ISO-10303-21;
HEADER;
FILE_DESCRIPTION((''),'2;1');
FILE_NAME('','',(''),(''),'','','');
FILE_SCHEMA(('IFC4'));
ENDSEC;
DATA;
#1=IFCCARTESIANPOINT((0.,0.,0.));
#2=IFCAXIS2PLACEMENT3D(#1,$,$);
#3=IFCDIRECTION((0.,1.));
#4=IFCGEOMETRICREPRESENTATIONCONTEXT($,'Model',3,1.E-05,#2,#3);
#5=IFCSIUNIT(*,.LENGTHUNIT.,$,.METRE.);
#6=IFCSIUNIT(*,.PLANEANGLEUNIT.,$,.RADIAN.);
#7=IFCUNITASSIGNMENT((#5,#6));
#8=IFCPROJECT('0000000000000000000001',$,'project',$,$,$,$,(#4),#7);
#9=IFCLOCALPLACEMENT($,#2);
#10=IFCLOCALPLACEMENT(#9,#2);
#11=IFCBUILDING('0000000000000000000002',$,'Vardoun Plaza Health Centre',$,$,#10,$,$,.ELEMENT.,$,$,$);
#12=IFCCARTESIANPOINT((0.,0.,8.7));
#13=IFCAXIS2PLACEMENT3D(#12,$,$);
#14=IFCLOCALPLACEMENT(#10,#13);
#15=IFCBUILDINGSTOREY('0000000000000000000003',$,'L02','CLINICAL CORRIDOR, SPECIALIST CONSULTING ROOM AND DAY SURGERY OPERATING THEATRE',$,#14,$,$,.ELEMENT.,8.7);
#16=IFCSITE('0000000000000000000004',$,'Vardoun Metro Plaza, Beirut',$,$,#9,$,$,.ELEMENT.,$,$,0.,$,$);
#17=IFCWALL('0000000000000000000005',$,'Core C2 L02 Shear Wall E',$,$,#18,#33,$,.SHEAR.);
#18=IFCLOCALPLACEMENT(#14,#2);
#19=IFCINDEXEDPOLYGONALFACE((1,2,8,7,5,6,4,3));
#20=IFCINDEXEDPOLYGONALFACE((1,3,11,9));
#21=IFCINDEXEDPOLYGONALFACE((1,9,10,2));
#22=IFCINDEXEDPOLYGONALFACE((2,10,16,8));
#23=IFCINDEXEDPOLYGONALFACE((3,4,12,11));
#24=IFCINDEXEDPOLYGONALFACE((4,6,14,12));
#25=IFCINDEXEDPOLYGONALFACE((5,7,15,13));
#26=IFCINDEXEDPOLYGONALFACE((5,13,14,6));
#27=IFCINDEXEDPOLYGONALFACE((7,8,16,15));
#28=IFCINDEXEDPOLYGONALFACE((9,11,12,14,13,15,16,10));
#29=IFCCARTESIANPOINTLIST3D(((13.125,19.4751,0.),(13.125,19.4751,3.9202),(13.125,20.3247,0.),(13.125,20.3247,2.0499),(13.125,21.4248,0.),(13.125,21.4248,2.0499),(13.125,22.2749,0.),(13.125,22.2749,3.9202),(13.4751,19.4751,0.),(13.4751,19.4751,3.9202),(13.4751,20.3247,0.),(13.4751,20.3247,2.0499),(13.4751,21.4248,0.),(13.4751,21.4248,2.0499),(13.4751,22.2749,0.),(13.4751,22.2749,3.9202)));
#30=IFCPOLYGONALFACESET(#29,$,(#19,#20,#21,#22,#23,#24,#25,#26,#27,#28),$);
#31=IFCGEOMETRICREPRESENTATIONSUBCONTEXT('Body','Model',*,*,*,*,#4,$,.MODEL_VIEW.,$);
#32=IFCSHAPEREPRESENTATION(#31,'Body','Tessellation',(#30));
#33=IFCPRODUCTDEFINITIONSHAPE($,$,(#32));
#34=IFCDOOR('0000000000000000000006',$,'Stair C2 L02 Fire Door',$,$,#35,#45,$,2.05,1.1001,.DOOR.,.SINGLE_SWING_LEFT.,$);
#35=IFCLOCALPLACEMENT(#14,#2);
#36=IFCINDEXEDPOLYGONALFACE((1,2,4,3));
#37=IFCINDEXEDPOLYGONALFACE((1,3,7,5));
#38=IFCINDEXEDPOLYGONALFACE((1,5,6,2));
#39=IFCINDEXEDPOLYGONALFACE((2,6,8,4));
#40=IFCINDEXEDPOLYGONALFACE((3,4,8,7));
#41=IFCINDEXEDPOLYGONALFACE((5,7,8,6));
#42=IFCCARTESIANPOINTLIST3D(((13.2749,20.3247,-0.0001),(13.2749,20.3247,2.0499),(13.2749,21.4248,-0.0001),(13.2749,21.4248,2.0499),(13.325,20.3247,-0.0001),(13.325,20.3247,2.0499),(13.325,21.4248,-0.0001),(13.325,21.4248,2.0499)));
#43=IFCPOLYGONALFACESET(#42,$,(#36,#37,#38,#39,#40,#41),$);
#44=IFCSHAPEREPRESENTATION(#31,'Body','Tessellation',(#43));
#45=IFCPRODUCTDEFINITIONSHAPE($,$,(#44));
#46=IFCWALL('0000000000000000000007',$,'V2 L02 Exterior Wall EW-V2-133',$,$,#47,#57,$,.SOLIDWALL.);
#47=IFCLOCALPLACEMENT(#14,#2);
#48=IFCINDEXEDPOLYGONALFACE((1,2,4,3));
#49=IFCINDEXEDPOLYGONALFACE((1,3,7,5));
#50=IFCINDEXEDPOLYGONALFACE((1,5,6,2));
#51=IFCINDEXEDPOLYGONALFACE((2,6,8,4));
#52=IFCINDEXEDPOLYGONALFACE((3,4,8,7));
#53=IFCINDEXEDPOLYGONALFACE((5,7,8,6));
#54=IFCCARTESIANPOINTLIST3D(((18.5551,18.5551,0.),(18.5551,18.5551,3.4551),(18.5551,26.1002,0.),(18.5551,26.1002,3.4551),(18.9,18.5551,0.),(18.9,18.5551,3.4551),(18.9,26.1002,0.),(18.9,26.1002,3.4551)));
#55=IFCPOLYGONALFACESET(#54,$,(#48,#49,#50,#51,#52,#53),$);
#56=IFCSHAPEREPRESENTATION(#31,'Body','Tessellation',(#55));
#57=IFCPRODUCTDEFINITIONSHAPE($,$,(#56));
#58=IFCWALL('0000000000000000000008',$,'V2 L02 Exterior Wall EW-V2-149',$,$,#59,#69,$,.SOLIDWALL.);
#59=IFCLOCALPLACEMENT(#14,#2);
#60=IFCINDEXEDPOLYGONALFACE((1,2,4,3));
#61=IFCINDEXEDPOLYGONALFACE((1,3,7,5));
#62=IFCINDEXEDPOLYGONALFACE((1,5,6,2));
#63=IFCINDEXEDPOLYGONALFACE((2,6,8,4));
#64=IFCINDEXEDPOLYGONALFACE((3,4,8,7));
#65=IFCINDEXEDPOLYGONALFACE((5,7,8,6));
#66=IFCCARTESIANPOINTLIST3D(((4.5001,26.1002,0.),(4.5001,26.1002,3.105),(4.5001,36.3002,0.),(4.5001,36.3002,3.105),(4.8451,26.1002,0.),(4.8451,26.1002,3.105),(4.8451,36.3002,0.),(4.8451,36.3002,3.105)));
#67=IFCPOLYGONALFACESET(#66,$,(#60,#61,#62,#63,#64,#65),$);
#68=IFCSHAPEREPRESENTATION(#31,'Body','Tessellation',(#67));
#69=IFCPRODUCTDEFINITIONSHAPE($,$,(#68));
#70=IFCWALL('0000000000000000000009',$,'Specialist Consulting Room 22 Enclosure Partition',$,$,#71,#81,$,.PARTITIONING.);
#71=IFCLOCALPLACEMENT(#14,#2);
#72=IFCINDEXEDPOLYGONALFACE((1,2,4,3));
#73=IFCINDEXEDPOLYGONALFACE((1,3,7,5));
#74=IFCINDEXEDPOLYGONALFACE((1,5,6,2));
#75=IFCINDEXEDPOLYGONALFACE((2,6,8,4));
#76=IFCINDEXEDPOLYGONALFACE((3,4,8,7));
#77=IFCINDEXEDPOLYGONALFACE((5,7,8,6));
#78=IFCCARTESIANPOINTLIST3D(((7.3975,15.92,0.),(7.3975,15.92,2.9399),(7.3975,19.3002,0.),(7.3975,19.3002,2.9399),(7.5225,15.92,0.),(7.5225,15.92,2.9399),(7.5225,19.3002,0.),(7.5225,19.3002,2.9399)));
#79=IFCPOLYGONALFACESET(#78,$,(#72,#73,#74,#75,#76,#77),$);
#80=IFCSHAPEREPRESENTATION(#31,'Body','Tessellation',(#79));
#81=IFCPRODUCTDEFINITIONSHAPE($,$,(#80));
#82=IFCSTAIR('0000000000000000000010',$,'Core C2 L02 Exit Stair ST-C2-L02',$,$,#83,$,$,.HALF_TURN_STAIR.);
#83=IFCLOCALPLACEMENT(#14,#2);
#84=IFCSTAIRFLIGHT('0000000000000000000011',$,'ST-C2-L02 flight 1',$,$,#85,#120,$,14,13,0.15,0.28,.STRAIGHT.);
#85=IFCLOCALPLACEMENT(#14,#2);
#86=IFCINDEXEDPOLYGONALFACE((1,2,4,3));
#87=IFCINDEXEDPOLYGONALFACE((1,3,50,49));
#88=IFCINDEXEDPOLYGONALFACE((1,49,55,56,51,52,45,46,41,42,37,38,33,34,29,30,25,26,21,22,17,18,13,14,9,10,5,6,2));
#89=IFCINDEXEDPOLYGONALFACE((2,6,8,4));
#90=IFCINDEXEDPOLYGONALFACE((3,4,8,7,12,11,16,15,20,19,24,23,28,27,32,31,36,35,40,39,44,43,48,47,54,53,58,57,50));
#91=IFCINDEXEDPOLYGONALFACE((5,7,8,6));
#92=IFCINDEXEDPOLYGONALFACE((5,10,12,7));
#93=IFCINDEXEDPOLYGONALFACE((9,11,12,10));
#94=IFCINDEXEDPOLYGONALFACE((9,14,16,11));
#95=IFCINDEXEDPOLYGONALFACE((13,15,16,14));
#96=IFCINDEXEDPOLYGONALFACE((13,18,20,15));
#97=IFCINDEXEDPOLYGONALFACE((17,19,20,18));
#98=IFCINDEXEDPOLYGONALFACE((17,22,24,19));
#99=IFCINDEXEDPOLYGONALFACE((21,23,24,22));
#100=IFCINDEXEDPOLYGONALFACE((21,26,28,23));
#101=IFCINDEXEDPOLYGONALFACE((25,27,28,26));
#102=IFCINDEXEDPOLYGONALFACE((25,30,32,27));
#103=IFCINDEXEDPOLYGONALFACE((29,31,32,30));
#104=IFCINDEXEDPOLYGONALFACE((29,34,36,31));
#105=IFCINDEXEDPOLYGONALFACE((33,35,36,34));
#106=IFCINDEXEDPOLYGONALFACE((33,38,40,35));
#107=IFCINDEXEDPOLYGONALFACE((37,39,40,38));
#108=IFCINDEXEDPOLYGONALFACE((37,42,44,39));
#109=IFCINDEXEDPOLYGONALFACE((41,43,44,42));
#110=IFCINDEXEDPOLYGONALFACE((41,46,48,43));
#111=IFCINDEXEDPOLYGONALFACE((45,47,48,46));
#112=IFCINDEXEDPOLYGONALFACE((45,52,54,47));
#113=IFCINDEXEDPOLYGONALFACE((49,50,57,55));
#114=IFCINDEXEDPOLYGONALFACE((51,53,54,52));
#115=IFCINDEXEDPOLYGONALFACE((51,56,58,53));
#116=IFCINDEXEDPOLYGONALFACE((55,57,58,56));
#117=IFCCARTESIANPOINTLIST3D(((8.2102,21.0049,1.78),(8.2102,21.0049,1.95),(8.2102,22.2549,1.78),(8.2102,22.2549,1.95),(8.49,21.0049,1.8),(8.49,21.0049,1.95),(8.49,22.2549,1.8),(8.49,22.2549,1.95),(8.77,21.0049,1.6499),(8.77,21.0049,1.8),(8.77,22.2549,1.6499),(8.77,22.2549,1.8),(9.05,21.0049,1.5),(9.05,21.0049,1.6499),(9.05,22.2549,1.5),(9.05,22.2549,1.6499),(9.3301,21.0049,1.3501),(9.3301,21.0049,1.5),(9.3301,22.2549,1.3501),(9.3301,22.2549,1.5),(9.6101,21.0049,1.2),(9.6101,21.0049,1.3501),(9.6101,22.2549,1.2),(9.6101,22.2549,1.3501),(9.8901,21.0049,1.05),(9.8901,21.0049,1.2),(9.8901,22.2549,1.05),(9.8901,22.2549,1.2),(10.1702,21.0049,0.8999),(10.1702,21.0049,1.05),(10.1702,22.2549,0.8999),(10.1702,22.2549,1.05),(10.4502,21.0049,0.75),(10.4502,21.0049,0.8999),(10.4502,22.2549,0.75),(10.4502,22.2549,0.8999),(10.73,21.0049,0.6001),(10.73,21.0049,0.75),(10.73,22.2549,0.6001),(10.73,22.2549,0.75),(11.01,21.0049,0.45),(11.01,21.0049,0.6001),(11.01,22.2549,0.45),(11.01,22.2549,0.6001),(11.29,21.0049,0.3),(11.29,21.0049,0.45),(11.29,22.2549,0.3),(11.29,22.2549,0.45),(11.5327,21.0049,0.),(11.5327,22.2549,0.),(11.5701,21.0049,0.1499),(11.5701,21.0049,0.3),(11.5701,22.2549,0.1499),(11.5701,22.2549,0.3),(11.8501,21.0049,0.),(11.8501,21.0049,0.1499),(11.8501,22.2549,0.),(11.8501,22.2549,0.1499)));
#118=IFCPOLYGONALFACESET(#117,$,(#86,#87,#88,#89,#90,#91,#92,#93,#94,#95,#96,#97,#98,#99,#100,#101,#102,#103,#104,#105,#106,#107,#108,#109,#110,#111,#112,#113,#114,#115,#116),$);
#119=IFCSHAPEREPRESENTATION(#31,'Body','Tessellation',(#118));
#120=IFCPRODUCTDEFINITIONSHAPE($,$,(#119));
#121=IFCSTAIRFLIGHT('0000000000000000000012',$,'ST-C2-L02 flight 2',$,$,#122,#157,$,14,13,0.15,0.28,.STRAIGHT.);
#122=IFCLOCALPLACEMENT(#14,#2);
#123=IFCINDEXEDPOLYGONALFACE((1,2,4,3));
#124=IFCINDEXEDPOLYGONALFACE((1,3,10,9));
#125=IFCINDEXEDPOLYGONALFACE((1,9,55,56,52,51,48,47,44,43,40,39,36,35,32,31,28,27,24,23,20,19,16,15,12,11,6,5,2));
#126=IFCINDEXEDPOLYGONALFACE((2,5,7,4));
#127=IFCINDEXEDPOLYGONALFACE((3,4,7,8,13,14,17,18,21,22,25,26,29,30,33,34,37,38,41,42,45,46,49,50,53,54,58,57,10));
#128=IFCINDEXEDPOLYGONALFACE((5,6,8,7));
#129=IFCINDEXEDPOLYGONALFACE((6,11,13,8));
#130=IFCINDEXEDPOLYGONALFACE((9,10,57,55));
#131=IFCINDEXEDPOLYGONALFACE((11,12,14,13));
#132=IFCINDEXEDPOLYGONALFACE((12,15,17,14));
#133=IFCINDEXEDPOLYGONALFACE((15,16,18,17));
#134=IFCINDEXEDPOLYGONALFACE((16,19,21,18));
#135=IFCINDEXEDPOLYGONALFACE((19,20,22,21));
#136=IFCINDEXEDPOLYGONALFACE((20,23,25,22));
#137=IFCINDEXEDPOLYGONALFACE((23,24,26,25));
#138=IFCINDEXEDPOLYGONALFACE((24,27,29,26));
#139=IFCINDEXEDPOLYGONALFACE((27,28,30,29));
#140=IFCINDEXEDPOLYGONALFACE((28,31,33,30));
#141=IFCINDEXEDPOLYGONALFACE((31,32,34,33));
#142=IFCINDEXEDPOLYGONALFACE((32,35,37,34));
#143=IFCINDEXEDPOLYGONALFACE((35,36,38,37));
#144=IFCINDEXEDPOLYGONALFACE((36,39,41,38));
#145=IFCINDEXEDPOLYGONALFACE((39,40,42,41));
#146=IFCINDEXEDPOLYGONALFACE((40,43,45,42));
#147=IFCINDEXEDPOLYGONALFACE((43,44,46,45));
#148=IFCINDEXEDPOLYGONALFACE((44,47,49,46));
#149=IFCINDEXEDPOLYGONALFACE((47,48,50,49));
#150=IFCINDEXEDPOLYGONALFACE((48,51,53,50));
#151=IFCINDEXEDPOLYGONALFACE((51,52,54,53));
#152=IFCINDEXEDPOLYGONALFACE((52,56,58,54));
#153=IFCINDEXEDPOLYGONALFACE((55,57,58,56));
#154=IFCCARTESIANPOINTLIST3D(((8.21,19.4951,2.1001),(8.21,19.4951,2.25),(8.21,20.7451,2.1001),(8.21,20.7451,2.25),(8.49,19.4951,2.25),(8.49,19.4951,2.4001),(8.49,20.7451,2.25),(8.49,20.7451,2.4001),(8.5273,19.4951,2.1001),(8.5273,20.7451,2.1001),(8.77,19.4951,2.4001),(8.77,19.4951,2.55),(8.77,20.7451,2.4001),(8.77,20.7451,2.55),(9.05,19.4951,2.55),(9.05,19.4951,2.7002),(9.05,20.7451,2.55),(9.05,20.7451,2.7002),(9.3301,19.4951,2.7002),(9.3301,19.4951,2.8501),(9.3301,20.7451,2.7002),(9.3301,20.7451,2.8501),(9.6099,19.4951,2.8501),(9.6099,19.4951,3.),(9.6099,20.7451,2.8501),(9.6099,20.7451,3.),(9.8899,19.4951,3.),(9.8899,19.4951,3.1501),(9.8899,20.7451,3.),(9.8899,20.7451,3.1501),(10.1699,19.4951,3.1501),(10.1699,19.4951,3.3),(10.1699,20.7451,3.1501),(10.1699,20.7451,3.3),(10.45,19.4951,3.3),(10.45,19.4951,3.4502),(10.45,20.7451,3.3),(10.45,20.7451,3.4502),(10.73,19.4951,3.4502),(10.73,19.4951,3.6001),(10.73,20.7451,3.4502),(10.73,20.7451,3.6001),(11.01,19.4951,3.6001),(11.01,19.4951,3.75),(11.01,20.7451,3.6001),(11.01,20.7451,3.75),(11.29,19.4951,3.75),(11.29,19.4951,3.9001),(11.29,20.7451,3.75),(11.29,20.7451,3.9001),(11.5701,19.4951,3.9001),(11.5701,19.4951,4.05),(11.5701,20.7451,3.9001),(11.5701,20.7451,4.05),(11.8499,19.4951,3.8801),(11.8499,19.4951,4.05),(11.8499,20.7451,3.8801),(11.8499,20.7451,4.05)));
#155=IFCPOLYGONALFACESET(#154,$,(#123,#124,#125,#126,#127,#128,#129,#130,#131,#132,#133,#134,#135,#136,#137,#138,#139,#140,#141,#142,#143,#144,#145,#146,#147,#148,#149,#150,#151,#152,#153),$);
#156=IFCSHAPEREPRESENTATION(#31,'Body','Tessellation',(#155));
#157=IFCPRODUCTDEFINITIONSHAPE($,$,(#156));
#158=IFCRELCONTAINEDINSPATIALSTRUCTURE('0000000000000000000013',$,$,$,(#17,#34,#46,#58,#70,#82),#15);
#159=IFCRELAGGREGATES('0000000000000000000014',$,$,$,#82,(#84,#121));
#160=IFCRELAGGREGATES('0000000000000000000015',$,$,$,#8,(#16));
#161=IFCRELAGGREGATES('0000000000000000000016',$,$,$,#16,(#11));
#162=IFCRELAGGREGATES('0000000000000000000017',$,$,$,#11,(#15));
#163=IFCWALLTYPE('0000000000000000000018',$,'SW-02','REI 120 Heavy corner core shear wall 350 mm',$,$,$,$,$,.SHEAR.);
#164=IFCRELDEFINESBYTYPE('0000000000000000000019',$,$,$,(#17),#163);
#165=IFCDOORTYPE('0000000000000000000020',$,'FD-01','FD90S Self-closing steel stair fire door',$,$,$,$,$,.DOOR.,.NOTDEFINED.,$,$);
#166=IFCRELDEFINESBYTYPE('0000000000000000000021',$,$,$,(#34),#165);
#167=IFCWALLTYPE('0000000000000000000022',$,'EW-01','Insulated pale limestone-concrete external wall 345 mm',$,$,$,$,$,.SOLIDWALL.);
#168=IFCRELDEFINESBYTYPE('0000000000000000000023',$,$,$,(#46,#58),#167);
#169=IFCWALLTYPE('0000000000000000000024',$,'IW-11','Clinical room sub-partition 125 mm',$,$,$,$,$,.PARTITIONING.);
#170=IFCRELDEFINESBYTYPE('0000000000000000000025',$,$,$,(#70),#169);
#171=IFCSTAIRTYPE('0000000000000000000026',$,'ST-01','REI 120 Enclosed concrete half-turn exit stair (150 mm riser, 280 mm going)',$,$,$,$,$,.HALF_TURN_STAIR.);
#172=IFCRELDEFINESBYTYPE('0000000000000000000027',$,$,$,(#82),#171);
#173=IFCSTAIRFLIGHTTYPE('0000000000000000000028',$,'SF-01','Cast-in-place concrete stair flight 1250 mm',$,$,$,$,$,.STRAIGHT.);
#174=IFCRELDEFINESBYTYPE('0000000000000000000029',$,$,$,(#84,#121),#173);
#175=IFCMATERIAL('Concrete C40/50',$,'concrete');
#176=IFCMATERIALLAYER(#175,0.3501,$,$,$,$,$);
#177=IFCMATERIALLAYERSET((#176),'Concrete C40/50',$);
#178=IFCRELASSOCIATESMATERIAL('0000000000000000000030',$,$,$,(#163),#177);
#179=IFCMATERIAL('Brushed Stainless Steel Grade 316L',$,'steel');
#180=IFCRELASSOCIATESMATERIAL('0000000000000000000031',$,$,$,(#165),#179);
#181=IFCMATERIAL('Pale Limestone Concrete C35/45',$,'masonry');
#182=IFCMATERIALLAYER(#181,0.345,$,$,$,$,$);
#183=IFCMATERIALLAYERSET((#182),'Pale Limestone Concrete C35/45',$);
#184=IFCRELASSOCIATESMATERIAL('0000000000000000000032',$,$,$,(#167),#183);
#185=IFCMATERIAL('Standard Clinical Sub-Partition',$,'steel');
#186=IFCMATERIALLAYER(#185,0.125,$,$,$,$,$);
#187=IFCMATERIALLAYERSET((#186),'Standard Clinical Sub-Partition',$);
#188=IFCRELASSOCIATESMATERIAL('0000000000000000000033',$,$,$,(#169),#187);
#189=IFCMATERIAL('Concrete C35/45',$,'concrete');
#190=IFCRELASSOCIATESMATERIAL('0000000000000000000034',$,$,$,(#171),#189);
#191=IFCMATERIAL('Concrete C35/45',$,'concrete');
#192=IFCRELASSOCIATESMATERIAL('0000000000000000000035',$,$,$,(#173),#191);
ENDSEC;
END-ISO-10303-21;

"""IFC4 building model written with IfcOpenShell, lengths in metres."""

from ifc_helpers import new_model, si_unit, direction, frame, frame_2d, origin, place, context, subcontext, project, spatial, polyline, rectangle, outline, extrude, material, layer, layer_set, type_object, element, fill, aggregate, save


model = new_model("IFC4")

# Units and contexts
model_context = context("Model", 3, precision=1e-05, world=origin(), true_north=direction((0.0, 1.0)))
body_context = subcontext(model_context, "Body", "Model", "MODEL_VIEW")
ifc_project = project(units=[si_unit("LENGTHUNIT", "METRE"), si_unit("PLANEANGLEUNIT", "RADIAN")], contexts=[model_context])

# Site, building, storey
site_placement = place(None, origin())
site = spatial("IfcSite", under=ifc_project, at=site_placement, Name="Vardoun Metro Plaza, Beirut", CompositionType="ELEMENT", RefElevation=0.0)
building_placement = place(site_placement, origin())
building = spatial("IfcBuilding", under=site, at=building_placement, Name="Vardoun Plaza Health Centre", CompositionType="ELEMENT")
storey_placement = place(building_placement, frame((0.0, 0.0, 8.7)))
storey = spatial("IfcBuildingStorey", under=building, at=storey_placement, Name="L02", Description="CLINICAL CORRIDOR, SPECIALIST CONSULTING ROOM AND DAY SURGERY OPERATING THEATRE", CompositionType="ELEMENT", Elevation=8.7)

# Shared definitions
ifc_material_1 = material(Name="Concrete C40/50", Category="concrete")
ifc_layer_1 = layer(ifc_material_1, 0.3501)
ifc_layer_set_1 = layer_set([ifc_layer_1], Name="Concrete C40/50")
wall_type_1 = type_object("IfcWallType", Name="SW-02", Description="REI 120 Heavy corner core shear wall 350 mm", PredefinedType="SHEAR", material=ifc_layer_set_1)

# Wall, opening, door
wall_1_placement = place(storey_placement, frame((13.3, 22.2749, 0.0), z_axis=(0.0, 0.0, 1.0), x_axis=(0.0, -1.0, 0.0)))
wall_1 = element("IfcWall", 1, at=wall_1_placement, inside=storey, type_object=wall_type_1, Name="Core C2 L02 Shear Wall E", PredefinedType="SHEAR", context=body_context, shape_type="SweptSolid", body=[
    extrude(rectangle(XDim=2.7998, YDim=0.3501, at=frame_2d((1.3999, 0.0))), origin(), (0.0, 0.0, 1.0), 3.9202),
])
opening_1_placement = place(wall_1_placement, frame((0.8501, 0.0, 0.0)))
opening_1 = element("IfcOpeningElement", 2, at=opening_1_placement, cuts=wall_1, PredefinedType="OPENING", context=body_context, shape_type="SweptSolid", body=[
    extrude(rectangle(XDim=1.1001, YDim=2.05, at=frame_2d((0.55, 1.0249))), frame((0.0, 0.175, 0.0), z_axis=(0.0, -1.0, 0.0), x_axis=(1.0, 0.0, 0.0)), (0.0, 0.0, 1.0), 0.3501),
])
ifc_material_2 = material(Name="Brushed Stainless Steel Grade 316L", Category="steel")
door_type_1 = type_object("IfcDoorType", Name="FD-01", Description="FD90S Self-closing steel stair fire door", OperationType="NOTDEFINED", PredefinedType="DOOR", material=ifc_material_2)
door_1_placement = place(opening_1_placement, origin())
door_1 = element("IfcDoor", 3, at=door_1_placement, inside=storey, type_object=door_type_1, Name="Stair C2 L02 Fire Door", OperationType="SINGLE_SWING_LEFT", OverallHeight=2.05, OverallWidth=1.1001, PredefinedType="DOOR", context=body_context, shape_type="SweptSolid", body=[
    extrude(rectangle(XDim=1.1001, YDim=2.05, at=frame_2d((0.55, 1.0249))), frame((0.0, 0.0249, 0.0), z_axis=(0.0, -1.0, 0.0), x_axis=(1.0, 0.0, 0.0)), (0.0, 0.0, 1.0), 0.05),
])
fill(opening_1, door_1)

# Walls
ifc_material_3 = material(Name="Pale Limestone Concrete C35/45", Category="masonry")
ifc_layer_2 = layer(ifc_material_3, 0.345)
ifc_layer_set_2 = layer_set([ifc_layer_2], Name="Pale Limestone Concrete C35/45")
wall_type_2 = type_object("IfcWallType", Name="EW-01", Description="Insulated pale limestone-concrete external wall 345 mm", PredefinedType="SOLIDWALL", material=ifc_layer_set_2)
wall_2_placement = place(storey_placement, frame((18.7275, 26.1001, 0.0), z_axis=(0.0, 0.0, 1.0), x_axis=(0.0, -1.0, 0.0)))
element("IfcWall", 4, at=wall_2_placement, inside=storey, type_object=wall_type_2, Name="V2 L02 Exterior Wall EW-V2-133", PredefinedType="SOLIDWALL", context=body_context, shape_type="SweptSolid", body=[
    extrude(rectangle(XDim=7.5452, YDim=0.345, at=frame_2d((3.7725, 0.0))), origin(), (0.0, 0.0, 1.0), 3.4551),
])
wall_3_placement = place(storey_placement, frame((4.6726, 26.1001, 0.0), z_axis=(0.0, 0.0, 1.0), x_axis=(0.0, 1.0, 0.0)))
element("IfcWall", 5, at=wall_3_placement, inside=storey, type_object=wall_type_2, Name="V2 L02 Exterior Wall EW-V2-149", PredefinedType="SOLIDWALL", context=body_context, shape_type="SweptSolid", body=[
    extrude(rectangle(XDim=10.2, YDim=0.345, at=frame_2d((5.1001, 0.0))), origin(), (0.0, 0.0, 1.0), 3.105),
])
ifc_material_4 = material(Name="Standard Clinical Sub-Partition", Category="steel")
ifc_layer_3 = layer(ifc_material_4, 0.125)
ifc_layer_set_3 = layer_set([ifc_layer_3], Name="Standard Clinical Sub-Partition")
wall_type_3 = type_object("IfcWallType", Name="IW-11", Description="Clinical room sub-partition 125 mm", PredefinedType="PARTITIONING", material=ifc_layer_set_3)
wall_4_placement = place(storey_placement, frame((7.46, 19.3, 0.0), z_axis=(0.0, 0.0, 1.0), x_axis=(0.0, -1.0, 0.0)))
element("IfcWall", 6, at=wall_4_placement, inside=storey, type_object=wall_type_3, Name="Specialist Consulting Room 22 Enclosure Partition", PredefinedType="PARTITIONING", context=body_context, shape_type="SweptSolid", body=[
    extrude(rectangle(XDim=3.3801, YDim=0.125, at=frame_2d((1.6899, 0.0))), origin(), (0.0, 0.0, 1.0), 2.9399),
])

# Stair, stair flights
ifc_material_5 = material(Name="Concrete C35/45", Category="concrete")
stair_type = type_object("IfcStairType", Name="ST-01", Description="REI 120 Enclosed concrete half-turn exit stair (150 mm riser, 280 mm going)", PredefinedType="HALF_TURN_STAIR", material=ifc_material_5)
stair_placement = place(storey_placement, origin())
stair = element("IfcStair", 7, at=stair_placement, inside=storey, type_object=stair_type, Name="Core C2 L02 Exit Stair ST-C2-L02", PredefinedType="HALF_TURN_STAIR")
ifc_material_6 = material(Name="Concrete C35/45", Category="concrete")
stair_flight_type = type_object("IfcStairFlightType", Name="SF-01", Description="Cast-in-place concrete stair flight 1250 mm", PredefinedType="STRAIGHT", material=ifc_material_6)
stair_flight_1_placement = place(storey_placement, frame((11.8501, 21.6299, 0.0), z_axis=(0.0, 0.0, 1.0), x_axis=(-1.0, 0.0, 0.0)))
stair_flight_1 = element("IfcStairFlight", 8, at=stair_flight_1_placement, type_object=stair_flight_type, Name="ST-C2-L02 flight 1", NumberOfRisers=14, NumberOfTreads=13, PredefinedType="STRAIGHT", RiserHeight=0.15, TreadLength=0.28, context=body_context, shape_type="SweptSolid", body=[
    extrude(outline(polyline([(0.0, 0.0), (0.0, 0.1499), (0.28, 0.1499), (0.28, 0.3), (0.5601, 0.3), (0.5601, 0.45), (0.8401, 0.45), (0.8401, 0.6001), (1.1201, 0.6001), (1.1201, 0.75), (1.3999, 0.75), (1.3999, 0.8999), (1.6799, 0.8999), (1.6799, 1.05), (1.96, 1.05), (1.96, 1.2), (2.24, 1.2), (2.24, 1.3501), (2.52, 1.3501), (2.52, 1.5), (2.8, 1.5), (2.8, 1.6499), (3.0801, 1.6499), (3.0801, 1.8), (3.3601, 1.8), (3.3601, 1.95), (3.6399, 1.95), (3.6399, 2.1001), (3.6399, 1.78), (0.3174, 0.0), (0.0, 0.0)])), frame((0.0, 0.625, 0.0), z_axis=(0.0, -1.0, 0.0), x_axis=(1.0, 0.0, 0.0)), (0.0, 0.0, 1.0), 1.25),
])
stair_flight_2_placement = place(storey_placement, frame((8.21, 20.1201, 2.1001), z_axis=(0.0, 0.0, 1.0), x_axis=(1.0, 0.0, 0.0)))
stair_flight_2 = element("IfcStairFlight", 9, at=stair_flight_2_placement, type_object=stair_flight_type, Name="ST-C2-L02 flight 2", NumberOfRisers=14, NumberOfTreads=13, PredefinedType="STRAIGHT", RiserHeight=0.15, TreadLength=0.28, context=body_context, shape_type="SweptSolid", body=[
    extrude(outline(polyline([(0.0, 0.0), (0.0, 0.1499), (0.28, 0.1499), (0.28, 0.3), (0.5601, 0.3), (0.5601, 0.45), (0.8401, 0.45), (0.8401, 0.6001), (1.1201, 0.6001), (1.1201, 0.75), (1.3999, 0.75), (1.3999, 0.8999), (1.6799, 0.8999), (1.6799, 1.05), (1.96, 1.05), (1.96, 1.2), (2.24, 1.2), (2.24, 1.3501), (2.52, 1.3501), (2.52, 1.5), (2.8, 1.5), (2.8, 1.6499), (3.0801, 1.6499), (3.0801, 1.8), (3.3601, 1.8), (3.3601, 1.95), (3.6399, 1.95), (3.6399, 2.1001), (3.6399, 1.78), (0.3174, 0.0), (0.0, 0.0)])), frame((0.0, 0.625, 0.0), z_axis=(0.0, -1.0, 0.0), x_axis=(1.0, 0.0, 0.0)), (0.0, 0.0, 1.0), 1.25),
])
aggregate(stair, [stair_flight_1, stair_flight_2])

save(model, "model.ifc")
